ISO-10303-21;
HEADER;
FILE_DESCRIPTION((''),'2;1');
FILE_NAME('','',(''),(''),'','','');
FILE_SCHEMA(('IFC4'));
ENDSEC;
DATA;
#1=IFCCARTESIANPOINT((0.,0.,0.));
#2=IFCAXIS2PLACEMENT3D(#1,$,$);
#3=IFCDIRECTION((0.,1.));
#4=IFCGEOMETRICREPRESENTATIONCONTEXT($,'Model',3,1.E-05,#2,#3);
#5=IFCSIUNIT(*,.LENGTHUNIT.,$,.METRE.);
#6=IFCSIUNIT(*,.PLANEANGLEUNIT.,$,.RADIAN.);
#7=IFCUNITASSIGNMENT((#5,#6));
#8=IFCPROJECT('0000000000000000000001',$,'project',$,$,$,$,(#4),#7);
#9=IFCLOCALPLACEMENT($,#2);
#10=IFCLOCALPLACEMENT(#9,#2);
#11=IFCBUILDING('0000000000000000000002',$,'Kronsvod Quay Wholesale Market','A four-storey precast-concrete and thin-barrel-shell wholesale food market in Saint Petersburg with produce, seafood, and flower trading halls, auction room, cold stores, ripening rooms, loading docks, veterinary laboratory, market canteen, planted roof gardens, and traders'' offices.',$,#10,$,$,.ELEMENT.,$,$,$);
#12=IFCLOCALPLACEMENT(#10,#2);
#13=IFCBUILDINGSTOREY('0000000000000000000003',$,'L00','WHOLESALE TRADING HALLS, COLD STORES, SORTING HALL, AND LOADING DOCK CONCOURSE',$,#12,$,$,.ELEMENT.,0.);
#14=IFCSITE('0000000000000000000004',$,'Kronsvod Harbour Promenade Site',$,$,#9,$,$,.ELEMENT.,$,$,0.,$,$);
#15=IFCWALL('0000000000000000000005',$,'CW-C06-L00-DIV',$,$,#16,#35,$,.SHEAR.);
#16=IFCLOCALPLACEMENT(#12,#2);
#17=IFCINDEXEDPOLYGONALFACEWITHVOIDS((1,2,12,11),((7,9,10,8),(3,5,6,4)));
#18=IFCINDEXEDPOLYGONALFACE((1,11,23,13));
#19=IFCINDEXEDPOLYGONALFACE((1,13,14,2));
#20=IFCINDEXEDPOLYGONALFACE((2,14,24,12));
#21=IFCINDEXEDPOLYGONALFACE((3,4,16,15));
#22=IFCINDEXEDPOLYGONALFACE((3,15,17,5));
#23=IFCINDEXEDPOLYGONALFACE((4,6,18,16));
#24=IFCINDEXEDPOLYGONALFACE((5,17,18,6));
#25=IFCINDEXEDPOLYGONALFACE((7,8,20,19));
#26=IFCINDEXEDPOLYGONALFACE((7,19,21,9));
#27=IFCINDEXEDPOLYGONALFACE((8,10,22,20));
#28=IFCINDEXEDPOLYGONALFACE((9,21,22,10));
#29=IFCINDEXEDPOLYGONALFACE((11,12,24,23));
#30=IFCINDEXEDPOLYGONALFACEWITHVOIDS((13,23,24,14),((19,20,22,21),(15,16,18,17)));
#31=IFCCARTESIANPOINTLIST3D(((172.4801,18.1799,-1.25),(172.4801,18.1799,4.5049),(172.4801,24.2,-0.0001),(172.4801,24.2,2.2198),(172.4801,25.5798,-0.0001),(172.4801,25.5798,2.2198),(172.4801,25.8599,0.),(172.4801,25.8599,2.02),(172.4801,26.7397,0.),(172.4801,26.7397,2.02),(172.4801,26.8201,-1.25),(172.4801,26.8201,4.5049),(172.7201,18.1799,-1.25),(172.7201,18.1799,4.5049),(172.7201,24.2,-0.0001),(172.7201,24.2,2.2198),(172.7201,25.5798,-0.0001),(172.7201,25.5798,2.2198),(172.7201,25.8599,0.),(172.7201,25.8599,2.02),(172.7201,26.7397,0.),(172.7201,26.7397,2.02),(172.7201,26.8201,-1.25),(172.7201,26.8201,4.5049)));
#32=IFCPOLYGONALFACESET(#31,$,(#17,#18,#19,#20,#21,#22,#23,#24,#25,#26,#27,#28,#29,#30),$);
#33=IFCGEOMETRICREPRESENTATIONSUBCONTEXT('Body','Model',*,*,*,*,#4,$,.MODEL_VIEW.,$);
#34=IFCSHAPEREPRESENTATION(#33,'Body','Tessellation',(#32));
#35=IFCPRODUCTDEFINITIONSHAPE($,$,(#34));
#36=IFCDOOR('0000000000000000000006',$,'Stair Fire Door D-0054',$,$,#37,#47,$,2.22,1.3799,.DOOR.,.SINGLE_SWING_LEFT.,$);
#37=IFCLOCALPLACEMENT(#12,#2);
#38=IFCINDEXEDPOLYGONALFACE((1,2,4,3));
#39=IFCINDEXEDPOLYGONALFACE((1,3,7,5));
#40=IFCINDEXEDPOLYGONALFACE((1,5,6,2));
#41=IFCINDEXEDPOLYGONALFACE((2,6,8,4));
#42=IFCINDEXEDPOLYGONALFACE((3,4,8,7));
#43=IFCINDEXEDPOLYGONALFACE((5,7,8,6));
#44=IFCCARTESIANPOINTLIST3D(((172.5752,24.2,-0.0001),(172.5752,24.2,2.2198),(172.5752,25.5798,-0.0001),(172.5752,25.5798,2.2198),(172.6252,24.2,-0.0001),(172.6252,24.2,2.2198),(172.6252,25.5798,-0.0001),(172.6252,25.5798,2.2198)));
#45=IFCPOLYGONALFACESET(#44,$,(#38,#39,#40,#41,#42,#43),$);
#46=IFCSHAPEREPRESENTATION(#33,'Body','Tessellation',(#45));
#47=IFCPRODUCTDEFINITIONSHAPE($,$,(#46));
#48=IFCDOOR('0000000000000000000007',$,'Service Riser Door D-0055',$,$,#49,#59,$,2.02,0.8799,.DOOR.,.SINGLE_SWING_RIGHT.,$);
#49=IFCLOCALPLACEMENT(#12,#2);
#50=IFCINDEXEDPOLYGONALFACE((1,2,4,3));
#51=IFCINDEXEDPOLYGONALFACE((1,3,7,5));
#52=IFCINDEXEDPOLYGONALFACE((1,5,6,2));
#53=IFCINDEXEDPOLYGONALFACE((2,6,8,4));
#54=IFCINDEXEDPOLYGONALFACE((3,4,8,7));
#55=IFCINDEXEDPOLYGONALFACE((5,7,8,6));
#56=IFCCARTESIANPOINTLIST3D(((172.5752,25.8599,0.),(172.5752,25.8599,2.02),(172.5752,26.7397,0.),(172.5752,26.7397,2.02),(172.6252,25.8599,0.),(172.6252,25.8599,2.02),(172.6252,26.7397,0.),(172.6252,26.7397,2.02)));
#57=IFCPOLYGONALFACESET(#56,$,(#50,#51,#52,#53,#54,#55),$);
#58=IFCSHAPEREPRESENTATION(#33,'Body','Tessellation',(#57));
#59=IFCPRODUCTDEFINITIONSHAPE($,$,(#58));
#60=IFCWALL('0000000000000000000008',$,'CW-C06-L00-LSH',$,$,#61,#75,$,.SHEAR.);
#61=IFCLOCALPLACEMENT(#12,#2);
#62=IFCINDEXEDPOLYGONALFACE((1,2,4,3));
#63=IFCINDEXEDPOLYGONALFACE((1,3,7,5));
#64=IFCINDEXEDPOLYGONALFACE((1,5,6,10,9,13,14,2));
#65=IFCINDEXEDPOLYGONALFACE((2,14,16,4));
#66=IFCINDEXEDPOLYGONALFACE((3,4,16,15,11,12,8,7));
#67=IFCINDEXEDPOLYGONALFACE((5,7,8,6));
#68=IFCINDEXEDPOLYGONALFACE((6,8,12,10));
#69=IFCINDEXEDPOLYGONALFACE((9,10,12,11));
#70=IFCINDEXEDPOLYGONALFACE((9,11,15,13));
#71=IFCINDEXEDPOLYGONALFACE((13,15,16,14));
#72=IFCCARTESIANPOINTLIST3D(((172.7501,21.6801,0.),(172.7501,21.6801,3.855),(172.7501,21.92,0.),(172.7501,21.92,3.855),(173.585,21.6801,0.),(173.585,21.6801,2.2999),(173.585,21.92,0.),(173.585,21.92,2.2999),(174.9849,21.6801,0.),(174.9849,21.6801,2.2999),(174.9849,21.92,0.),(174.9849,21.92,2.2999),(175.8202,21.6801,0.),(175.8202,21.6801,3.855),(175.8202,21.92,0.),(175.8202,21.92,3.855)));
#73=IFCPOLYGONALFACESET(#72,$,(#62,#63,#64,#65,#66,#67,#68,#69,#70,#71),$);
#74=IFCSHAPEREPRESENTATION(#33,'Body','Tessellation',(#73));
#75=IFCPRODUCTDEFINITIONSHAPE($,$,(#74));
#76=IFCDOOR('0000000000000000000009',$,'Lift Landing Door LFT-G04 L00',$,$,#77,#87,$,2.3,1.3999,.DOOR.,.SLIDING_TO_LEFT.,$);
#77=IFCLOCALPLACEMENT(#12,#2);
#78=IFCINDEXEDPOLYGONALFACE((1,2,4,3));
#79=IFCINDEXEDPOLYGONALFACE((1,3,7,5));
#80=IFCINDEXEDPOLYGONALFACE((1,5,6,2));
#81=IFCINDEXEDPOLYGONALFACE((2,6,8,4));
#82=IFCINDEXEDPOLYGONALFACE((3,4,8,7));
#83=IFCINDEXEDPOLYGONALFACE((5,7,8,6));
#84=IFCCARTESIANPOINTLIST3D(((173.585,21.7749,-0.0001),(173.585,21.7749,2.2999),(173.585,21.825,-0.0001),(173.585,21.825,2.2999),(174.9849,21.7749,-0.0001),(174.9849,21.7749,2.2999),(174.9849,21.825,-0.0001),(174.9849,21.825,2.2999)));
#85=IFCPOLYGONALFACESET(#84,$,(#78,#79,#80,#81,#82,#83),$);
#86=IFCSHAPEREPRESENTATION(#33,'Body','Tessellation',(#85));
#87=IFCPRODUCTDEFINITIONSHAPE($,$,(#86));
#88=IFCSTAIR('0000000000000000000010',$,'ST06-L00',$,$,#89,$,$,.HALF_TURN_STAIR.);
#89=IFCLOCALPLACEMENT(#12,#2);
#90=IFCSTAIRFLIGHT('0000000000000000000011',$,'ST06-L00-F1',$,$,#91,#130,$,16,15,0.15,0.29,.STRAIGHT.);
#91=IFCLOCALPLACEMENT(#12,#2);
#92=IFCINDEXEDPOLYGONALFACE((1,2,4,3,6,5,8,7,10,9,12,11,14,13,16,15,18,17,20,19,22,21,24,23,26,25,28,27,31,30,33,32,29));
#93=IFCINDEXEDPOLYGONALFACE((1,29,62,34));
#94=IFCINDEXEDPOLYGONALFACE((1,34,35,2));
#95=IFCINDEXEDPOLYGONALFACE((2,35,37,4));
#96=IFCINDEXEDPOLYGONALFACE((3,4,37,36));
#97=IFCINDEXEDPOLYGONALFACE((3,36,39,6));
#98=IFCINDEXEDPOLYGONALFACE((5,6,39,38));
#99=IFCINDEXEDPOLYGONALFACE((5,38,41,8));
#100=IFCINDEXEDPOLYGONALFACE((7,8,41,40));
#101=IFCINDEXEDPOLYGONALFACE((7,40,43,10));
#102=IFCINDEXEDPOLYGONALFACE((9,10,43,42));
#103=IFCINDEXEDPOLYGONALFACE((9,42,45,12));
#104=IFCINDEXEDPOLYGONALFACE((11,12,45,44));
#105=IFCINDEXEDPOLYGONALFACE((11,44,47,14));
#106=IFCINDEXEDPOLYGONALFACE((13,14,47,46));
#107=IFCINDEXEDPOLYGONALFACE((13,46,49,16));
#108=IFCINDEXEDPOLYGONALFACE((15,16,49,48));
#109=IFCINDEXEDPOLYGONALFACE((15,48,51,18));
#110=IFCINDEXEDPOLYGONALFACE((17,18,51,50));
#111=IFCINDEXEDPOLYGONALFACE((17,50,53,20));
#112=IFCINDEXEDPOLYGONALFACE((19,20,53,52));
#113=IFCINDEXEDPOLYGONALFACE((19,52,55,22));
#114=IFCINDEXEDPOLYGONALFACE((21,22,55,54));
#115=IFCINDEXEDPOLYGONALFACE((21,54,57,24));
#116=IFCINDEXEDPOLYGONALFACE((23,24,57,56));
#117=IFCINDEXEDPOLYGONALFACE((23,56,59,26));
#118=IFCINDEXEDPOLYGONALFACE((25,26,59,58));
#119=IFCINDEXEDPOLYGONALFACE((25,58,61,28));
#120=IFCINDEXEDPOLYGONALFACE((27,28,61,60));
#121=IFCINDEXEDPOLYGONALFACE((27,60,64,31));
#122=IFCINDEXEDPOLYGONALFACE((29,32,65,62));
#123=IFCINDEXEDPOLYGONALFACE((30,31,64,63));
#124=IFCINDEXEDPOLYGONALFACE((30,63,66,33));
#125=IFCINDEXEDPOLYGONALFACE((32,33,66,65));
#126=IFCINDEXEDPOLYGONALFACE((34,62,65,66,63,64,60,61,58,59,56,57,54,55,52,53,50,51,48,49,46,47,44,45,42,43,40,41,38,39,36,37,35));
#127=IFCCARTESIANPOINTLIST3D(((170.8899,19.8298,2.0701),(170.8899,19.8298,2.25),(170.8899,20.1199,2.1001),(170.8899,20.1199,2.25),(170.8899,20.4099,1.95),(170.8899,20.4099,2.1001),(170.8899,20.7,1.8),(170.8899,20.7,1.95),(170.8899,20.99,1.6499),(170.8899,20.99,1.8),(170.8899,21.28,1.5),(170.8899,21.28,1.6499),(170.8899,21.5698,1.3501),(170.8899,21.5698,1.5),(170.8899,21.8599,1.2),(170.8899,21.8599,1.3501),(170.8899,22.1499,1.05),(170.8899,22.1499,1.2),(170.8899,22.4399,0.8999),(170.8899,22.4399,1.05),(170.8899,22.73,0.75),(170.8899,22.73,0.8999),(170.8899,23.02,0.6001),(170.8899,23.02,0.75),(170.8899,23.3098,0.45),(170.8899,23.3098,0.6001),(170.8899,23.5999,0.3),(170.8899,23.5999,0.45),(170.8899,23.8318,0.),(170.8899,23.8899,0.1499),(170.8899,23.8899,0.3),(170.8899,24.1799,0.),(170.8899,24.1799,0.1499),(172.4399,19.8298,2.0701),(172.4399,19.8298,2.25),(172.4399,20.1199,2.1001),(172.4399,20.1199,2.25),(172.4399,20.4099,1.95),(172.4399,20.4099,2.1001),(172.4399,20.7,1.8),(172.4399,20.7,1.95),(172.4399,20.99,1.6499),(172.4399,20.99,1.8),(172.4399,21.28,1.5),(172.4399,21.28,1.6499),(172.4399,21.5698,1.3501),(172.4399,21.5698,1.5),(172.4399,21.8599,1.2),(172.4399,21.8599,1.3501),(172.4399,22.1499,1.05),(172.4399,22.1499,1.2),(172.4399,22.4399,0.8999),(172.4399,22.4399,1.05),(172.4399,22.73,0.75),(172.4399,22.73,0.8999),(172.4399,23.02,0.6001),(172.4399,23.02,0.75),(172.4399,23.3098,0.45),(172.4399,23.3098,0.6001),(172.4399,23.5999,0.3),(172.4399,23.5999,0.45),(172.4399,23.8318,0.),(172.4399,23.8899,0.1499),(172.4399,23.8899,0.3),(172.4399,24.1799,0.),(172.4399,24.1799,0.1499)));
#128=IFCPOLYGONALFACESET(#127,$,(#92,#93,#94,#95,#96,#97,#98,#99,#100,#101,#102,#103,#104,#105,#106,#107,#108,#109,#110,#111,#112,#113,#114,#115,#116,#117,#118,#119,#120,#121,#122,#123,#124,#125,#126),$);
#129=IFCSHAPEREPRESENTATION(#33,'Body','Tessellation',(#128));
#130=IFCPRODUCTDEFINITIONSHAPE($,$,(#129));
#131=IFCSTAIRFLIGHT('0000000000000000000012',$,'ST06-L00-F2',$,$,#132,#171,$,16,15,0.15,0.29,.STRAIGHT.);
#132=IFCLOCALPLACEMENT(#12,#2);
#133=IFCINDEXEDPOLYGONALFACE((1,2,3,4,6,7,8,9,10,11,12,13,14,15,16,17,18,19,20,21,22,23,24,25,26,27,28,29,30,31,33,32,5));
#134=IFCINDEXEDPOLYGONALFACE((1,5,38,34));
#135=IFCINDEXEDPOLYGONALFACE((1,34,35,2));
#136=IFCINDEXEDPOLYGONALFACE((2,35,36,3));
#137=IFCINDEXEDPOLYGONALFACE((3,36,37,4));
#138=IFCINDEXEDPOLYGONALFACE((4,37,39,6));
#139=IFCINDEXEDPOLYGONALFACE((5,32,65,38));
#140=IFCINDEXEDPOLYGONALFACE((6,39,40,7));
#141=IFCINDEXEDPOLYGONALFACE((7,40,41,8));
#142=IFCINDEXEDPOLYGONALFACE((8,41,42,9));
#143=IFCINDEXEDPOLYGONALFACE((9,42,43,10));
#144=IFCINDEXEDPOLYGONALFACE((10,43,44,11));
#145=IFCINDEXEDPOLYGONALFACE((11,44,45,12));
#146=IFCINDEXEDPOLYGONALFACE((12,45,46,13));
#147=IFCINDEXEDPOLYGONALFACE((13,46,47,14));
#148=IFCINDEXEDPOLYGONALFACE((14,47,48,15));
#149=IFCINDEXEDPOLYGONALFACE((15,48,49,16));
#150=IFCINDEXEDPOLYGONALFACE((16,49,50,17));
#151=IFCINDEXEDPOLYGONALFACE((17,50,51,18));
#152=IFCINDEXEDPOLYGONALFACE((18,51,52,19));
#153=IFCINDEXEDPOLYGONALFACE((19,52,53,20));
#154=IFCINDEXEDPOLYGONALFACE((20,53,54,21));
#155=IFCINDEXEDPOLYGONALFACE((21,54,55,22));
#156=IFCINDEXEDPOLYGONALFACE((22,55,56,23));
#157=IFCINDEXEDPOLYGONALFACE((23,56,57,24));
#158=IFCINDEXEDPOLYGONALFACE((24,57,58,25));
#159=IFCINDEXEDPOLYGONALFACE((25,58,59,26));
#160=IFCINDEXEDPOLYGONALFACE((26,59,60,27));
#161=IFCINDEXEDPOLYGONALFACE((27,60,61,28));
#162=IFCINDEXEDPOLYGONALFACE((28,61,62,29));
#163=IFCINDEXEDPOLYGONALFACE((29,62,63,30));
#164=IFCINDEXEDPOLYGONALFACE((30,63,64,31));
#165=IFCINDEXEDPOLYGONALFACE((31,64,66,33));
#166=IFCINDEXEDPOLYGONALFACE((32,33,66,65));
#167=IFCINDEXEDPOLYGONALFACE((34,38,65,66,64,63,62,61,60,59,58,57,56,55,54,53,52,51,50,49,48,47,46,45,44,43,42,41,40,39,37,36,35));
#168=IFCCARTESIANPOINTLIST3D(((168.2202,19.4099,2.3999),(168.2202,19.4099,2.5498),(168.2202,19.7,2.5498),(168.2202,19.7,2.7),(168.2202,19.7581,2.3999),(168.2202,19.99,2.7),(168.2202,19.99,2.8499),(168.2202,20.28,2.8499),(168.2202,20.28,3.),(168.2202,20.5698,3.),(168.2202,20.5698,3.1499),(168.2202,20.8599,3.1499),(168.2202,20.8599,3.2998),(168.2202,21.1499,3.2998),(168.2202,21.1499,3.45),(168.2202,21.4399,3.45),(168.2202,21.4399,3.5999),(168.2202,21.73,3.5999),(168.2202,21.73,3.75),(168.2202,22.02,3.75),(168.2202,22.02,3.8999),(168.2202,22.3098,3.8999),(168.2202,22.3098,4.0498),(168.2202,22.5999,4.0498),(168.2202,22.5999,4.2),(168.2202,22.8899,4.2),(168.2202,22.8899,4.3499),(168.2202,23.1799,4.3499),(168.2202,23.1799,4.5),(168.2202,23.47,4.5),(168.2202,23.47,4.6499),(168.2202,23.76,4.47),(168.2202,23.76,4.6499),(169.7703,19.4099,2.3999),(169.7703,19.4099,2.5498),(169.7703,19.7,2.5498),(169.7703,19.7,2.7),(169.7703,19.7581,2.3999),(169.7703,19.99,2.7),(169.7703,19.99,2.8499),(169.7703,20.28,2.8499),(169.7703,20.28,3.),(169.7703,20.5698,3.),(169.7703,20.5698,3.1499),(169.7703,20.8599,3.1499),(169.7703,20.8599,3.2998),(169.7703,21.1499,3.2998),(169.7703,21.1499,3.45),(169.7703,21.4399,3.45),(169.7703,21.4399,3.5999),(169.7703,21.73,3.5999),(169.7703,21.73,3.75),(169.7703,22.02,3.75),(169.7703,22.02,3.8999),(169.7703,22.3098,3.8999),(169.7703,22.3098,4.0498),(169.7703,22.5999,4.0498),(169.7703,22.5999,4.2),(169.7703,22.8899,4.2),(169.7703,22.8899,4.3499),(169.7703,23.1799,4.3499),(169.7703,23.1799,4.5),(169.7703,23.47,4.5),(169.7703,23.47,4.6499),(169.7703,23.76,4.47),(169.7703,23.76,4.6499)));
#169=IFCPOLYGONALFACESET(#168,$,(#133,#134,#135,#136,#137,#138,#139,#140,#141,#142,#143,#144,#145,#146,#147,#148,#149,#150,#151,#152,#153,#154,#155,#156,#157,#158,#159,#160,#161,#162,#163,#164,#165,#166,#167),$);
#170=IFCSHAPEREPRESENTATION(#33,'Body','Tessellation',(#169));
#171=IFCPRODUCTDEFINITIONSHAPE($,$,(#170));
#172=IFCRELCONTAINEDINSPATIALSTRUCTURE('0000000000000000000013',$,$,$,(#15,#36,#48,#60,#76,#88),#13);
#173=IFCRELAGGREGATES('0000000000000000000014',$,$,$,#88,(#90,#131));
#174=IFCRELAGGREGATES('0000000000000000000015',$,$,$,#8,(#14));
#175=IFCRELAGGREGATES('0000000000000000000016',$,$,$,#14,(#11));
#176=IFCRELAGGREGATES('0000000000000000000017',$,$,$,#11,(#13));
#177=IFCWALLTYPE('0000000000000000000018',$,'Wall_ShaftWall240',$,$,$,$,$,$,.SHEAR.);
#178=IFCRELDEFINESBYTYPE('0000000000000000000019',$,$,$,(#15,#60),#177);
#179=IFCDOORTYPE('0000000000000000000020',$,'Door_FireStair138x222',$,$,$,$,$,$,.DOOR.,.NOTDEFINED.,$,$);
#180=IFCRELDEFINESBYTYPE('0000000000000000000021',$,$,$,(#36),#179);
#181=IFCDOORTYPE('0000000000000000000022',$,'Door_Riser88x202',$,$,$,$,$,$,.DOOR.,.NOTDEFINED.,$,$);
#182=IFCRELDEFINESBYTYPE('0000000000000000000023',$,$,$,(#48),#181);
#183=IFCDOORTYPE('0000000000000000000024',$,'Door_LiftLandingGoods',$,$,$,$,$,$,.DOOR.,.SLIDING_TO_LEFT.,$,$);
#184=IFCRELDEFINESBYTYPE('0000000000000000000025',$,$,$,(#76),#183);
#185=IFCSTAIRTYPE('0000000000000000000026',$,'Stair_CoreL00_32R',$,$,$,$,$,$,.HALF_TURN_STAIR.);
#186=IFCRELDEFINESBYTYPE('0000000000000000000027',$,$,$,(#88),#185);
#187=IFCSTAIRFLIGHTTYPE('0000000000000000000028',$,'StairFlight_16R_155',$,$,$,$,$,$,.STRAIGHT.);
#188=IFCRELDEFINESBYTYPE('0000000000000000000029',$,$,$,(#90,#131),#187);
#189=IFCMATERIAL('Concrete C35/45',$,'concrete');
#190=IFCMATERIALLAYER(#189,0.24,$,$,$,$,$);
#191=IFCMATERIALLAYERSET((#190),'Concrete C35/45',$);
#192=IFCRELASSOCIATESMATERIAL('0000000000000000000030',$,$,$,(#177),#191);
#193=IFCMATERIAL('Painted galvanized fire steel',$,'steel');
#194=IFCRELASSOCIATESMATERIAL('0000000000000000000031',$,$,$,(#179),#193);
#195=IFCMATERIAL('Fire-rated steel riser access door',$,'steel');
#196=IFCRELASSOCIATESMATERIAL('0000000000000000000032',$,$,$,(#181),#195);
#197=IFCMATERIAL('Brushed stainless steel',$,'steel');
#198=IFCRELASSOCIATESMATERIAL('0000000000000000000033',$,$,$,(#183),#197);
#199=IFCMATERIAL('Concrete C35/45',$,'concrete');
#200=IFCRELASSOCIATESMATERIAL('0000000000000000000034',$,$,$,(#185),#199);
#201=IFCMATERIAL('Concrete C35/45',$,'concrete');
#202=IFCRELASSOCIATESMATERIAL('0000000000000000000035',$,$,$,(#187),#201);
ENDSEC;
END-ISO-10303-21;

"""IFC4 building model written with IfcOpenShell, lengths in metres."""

from ifc_helpers import new_model, si_unit, direction, frame, frame_2d, origin, place, context, subcontext, project, spatial, polyline, rectangle, outline, extrude, material, layer, layer_set, type_object, element, fill, aggregate, save


model = new_model("IFC4")

# Units and contexts
model_context = context("Model", 3, precision=1e-05, world=origin(), true_north=direction((0.0, 1.0)))
body_context = subcontext(model_context, "Body", "Model", "MODEL_VIEW")
ifc_project = project(units=[si_unit("LENGTHUNIT", "METRE"), si_unit("PLANEANGLEUNIT", "RADIAN")], contexts=[model_context])

# Site, building, storey
site_placement = place(None, origin())
site = spatial("IfcSite", under=ifc_project, at=site_placement, Name="Kronsvod Harbour Promenade Site", CompositionType="ELEMENT", RefElevation=0.0)
building_placement = place(site_placement, origin())
building = spatial("IfcBuilding", under=site, at=building_placement, Name="Kronsvod Quay Wholesale Market", Description="A four-storey precast-concrete and thin-barrel-shell wholesale food market in Saint Petersburg with produce, seafood, and flower trading halls, auction room, cold stores, ripening rooms, loading docks, veterinary laboratory, market canteen, planted roof gardens, and traders' offices.", CompositionType="ELEMENT")
storey_placement = place(building_placement, origin())
storey = spatial("IfcBuildingStorey", under=building, at=storey_placement, Name="L00", Description="WHOLESALE TRADING HALLS, COLD STORES, SORTING HALL, AND LOADING DOCK CONCOURSE", CompositionType="ELEMENT", Elevation=0.0)

# Wall, openings, doors
ifc_material_1 = material(Name="Concrete C35/45", Category="concrete")
ifc_layer_1 = layer(ifc_material_1, 0.24)
ifc_layer_set_1 = layer_set([ifc_layer_1], Name="Concrete C35/45")
wall_type_1 = type_object("IfcWallType", Name="Wall_ShaftWall240", PredefinedType="SHEAR", material=ifc_layer_set_1)
wall_1_placement = place(storey_placement, frame((172.6001, 18.1799, -1.25), z_axis=(0.0, 0.0, 1.0), x_axis=(0.0, 1.0, 0.0)))
wall_1 = element("IfcWall", 1, at=wall_1_placement, inside=storey, type_object=wall_type_1, Name="CW-C06-L00-DIV", PredefinedType="SHEAR", context=body_context, shape_type="SweptSolid", body=[
    extrude(rectangle(XDim=8.6401, YDim=0.24, at=frame_2d((4.3201, 0.0))), origin(), (0.0, 0.0, 1.0), 5.7549),
])
opening_1_placement = place(wall_1_placement, frame((6.02, 0.0, 1.25)))
opening_1 = element("IfcOpeningElement", 2, at=opening_1_placement, cuts=wall_1, PredefinedType="OPENING", context=body_context, shape_type="SweptSolid", body=[
    extrude(rectangle(XDim=1.3799, YDim=2.22, at=frame_2d((0.6899, 1.1099))), frame((0.0, 0.1299, 0.0), z_axis=(0.0, -1.0, 0.0), x_axis=(1.0, 0.0, 0.0)), (0.0, 0.0, 1.0), 0.26),
])
opening_2_placement = place(wall_1_placement, frame((7.6799, 0.0, 1.25)))
opening_2 = element("IfcOpeningElement", 3, at=opening_2_placement, cuts=wall_1, PredefinedType="OPENING", context=body_context, shape_type="SweptSolid", body=[
    extrude(rectangle(XDim=0.8799, YDim=2.02, at=frame_2d((0.4399, 1.01))), frame((0.0, 0.1299, 0.0), z_axis=(0.0, -1.0, 0.0), x_axis=(1.0, 0.0, 0.0)), (0.0, 0.0, 1.0), 0.26),
])
ifc_material_2 = material(Name="Painted galvanized fire steel", Category="steel")
door_type_1 = type_object("IfcDoorType", Name="Door_FireStair138x222", OperationType="NOTDEFINED", PredefinedType="DOOR", material=ifc_material_2)
door_1_placement = place(opening_1_placement, origin())
door_1 = element("IfcDoor", 4, at=door_1_placement, inside=storey, type_object=door_type_1, Name="Stair Fire Door D-0054", OperationType="SINGLE_SWING_LEFT", OverallHeight=2.22, OverallWidth=1.3799, PredefinedType="DOOR", context=body_context, shape_type="SweptSolid", body=[
    extrude(rectangle(XDim=1.3799, YDim=2.22, at=frame_2d((0.6899, 1.1099))), frame((0.0, 0.0249, 0.0), z_axis=(0.0, -1.0, 0.0), x_axis=(1.0, 0.0, 0.0)), (0.0, 0.0, 1.0), 0.05),
])
fill(opening_1, door_1)
ifc_material_3 = material(Name="Fire-rated steel riser access door", Category="steel")
door_type_2 = type_object("IfcDoorType", Name="Door_Riser88x202", OperationType="NOTDEFINED", PredefinedType="DOOR", material=ifc_material_3)
door_2_placement = place(opening_2_placement, origin())
door_2 = element("IfcDoor", 5, at=door_2_placement, inside=storey, type_object=door_type_2, Name="Service Riser Door D-0055", OperationType="SINGLE_SWING_RIGHT", OverallHeight=2.02, OverallWidth=0.8799, PredefinedType="DOOR", context=body_context, shape_type="SweptSolid", body=[
    extrude(rectangle(XDim=0.8799, YDim=2.02, at=frame_2d((0.4399, 1.01))), frame((0.0, 0.0249, 0.0), z_axis=(0.0, -1.0, 0.0), x_axis=(1.0, 0.0, 0.0)), (0.0, 0.0, 1.0), 0.05),
])
fill(opening_2, door_2)

# Wall, opening, door
wall_2_placement = place(storey_placement, frame((172.75, 21.8, 0.0), z_axis=(0.0, 0.0, 1.0), x_axis=(1.0, 0.0, 0.0)))
wall_2 = element("IfcWall", 6, at=wall_2_placement, inside=storey, type_object=wall_type_1, Name="CW-C06-L00-LSH", PredefinedType="SHEAR", context=body_context, shape_type="SweptSolid", body=[
    extrude(rectangle(XDim=3.0701, YDim=0.24, at=frame_2d((1.5352, 0.0))), origin(), (0.0, 0.0, 1.0), 3.855),
])
opening_3_placement = place(wall_2_placement, frame((0.835, 0.0, 0.0)))
opening_3 = element("IfcOpeningElement", 7, at=opening_3_placement, cuts=wall_2, PredefinedType="OPENING", context=body_context, shape_type="SweptSolid", body=[
    extrude(rectangle(XDim=1.3999, YDim=2.3, at=frame_2d((0.7, 1.1499))), frame((0.0, 0.1299, 0.0), z_axis=(0.0, -1.0, 0.0), x_axis=(1.0, 0.0, 0.0)), (0.0, 0.0, 1.0), 0.26),
])
ifc_material_4 = material(Name="Brushed stainless steel", Category="steel")
door_type_3 = type_object("IfcDoorType", Name="Door_LiftLandingGoods", OperationType="SLIDING_TO_LEFT", PredefinedType="DOOR", material=ifc_material_4)
door_3_placement = place(opening_3_placement, origin())
door_3 = element("IfcDoor", 8, at=door_3_placement, inside=storey, type_object=door_type_3, Name="Lift Landing Door LFT-G04 L00", OperationType="SLIDING_TO_LEFT", OverallHeight=2.3, OverallWidth=1.3999, PredefinedType="DOOR", context=body_context, shape_type="SweptSolid", body=[
    extrude(rectangle(XDim=1.3999, YDim=2.3, at=frame_2d((0.7, 1.1499))), frame((0.0, 0.0249, 0.0), z_axis=(0.0, -1.0, 0.0), x_axis=(1.0, 0.0, 0.0)), (0.0, 0.0, 1.0), 0.05),
])
fill(opening_3, door_3)

# Stair, stair flights
ifc_material_5 = material(Name="Concrete C35/45", Category="concrete")
stair_type = type_object("IfcStairType", Name="Stair_CoreL00_32R", PredefinedType="HALF_TURN_STAIR", material=ifc_material_5)
stair_placement = place(storey_placement, origin())
stair = element("IfcStair", 9, at=stair_placement, inside=storey, type_object=stair_type, Name="ST06-L00", PredefinedType="HALF_TURN_STAIR")
ifc_material_6 = material(Name="Concrete C35/45", Category="concrete")
stair_flight_type = type_object("IfcStairFlightType", Name="StairFlight_16R_155", PredefinedType="STRAIGHT", material=ifc_material_6)
stair_flight_1_placement = place(storey_placement, frame((171.665, 24.1799, 0.0), z_axis=(0.0, 0.0, 1.0), x_axis=(0.0, -1.0, 0.0)))
stair_flight_1 = element("IfcStairFlight", 10, at=stair_flight_1_placement, type_object=stair_flight_type, Name="ST06-L00-F1", NumberOfRisers=16, NumberOfTreads=15, PredefinedType="STRAIGHT", RiserHeight=0.15, TreadLength=0.29, context=body_context, shape_type="SweptSolid", body=[
    extrude(outline(polyline([(0.0, 0.0), (0.0, 0.1499), (0.29, 0.1499), (0.29, 0.3), (0.5801, 0.3), (0.5801, 0.45), (0.8701, 0.45), (0.8701, 0.6001), (1.1599, 0.6001), (1.1599, 0.75), (1.45, 0.75), (1.45, 0.8999), (1.74, 0.8999), (1.74, 1.05), (2.03, 1.05), (2.03, 1.2), (2.3201, 1.2), (2.3201, 1.3501), (2.6101, 1.3501), (2.6101, 1.5), (2.8999, 1.5), (2.8999, 1.6499), (3.1899, 1.6499), (3.1899, 1.8), (3.48, 1.8), (3.48, 1.95), (3.77, 1.95), (3.77, 2.1001), (4.0601, 2.1001), (4.0601, 2.25), (4.3501, 2.25), (4.3501, 2.3999), (4.3501, 2.0701), (0.3481, 0.0), (0.0, 0.0)])), frame((0.0, 0.7749, 0.0), z_axis=(0.0, -1.0, 0.0), x_axis=(1.0, 0.0, 0.0)), (0.0, 0.0, 1.0), 1.55),
])
stair_flight_2_placement = place(storey_placement, frame((168.9951, 19.4099, 2.3999), z_axis=(0.0, 0.0, 1.0), x_axis=(0.0, 1.0, 0.0)))
stair_flight_2 = element("IfcStairFlight", 11, at=stair_flight_2_placement, type_object=stair_flight_type, Name="ST06-L00-F2", NumberOfRisers=16, NumberOfTreads=15, PredefinedType="STRAIGHT", RiserHeight=0.15, TreadLength=0.29, context=body_context, shape_type="SweptSolid", body=[
    extrude(outline(polyline([(0.0, 0.0), (0.0, 0.1499), (0.29, 0.1499), (0.29, 0.3), (0.5801, 0.3), (0.5801, 0.45), (0.8701, 0.45), (0.8701, 0.6001), (1.1599, 0.6001), (1.1599, 0.75), (1.45, 0.75), (1.45, 0.8999), (1.74, 0.8999), (1.74, 1.05), (2.03, 1.05), (2.03, 1.2), (2.3201, 1.2), (2.3201, 1.3501), (2.6101, 1.3501), (2.6101, 1.5), (2.8999, 1.5), (2.8999, 1.6499), (3.1899, 1.6499), (3.1899, 1.8), (3.48, 1.8), (3.48, 1.95), (3.77, 1.95), (3.77, 2.1001), (4.0601, 2.1001), (4.0601, 2.25), (4.3501, 2.25), (4.3501, 2.3999), (4.3501, 2.0701), (0.3481, 0.0), (0.0, 0.0)])), frame((0.0, 0.7749, 0.0), z_axis=(0.0, -1.0, 0.0), x_axis=(1.0, 0.0, 0.0)), (0.0, 0.0, 1.0), 1.55),
])
aggregate(stair, [stair_flight_1, stair_flight_2])

save(model, "model.ifc")
